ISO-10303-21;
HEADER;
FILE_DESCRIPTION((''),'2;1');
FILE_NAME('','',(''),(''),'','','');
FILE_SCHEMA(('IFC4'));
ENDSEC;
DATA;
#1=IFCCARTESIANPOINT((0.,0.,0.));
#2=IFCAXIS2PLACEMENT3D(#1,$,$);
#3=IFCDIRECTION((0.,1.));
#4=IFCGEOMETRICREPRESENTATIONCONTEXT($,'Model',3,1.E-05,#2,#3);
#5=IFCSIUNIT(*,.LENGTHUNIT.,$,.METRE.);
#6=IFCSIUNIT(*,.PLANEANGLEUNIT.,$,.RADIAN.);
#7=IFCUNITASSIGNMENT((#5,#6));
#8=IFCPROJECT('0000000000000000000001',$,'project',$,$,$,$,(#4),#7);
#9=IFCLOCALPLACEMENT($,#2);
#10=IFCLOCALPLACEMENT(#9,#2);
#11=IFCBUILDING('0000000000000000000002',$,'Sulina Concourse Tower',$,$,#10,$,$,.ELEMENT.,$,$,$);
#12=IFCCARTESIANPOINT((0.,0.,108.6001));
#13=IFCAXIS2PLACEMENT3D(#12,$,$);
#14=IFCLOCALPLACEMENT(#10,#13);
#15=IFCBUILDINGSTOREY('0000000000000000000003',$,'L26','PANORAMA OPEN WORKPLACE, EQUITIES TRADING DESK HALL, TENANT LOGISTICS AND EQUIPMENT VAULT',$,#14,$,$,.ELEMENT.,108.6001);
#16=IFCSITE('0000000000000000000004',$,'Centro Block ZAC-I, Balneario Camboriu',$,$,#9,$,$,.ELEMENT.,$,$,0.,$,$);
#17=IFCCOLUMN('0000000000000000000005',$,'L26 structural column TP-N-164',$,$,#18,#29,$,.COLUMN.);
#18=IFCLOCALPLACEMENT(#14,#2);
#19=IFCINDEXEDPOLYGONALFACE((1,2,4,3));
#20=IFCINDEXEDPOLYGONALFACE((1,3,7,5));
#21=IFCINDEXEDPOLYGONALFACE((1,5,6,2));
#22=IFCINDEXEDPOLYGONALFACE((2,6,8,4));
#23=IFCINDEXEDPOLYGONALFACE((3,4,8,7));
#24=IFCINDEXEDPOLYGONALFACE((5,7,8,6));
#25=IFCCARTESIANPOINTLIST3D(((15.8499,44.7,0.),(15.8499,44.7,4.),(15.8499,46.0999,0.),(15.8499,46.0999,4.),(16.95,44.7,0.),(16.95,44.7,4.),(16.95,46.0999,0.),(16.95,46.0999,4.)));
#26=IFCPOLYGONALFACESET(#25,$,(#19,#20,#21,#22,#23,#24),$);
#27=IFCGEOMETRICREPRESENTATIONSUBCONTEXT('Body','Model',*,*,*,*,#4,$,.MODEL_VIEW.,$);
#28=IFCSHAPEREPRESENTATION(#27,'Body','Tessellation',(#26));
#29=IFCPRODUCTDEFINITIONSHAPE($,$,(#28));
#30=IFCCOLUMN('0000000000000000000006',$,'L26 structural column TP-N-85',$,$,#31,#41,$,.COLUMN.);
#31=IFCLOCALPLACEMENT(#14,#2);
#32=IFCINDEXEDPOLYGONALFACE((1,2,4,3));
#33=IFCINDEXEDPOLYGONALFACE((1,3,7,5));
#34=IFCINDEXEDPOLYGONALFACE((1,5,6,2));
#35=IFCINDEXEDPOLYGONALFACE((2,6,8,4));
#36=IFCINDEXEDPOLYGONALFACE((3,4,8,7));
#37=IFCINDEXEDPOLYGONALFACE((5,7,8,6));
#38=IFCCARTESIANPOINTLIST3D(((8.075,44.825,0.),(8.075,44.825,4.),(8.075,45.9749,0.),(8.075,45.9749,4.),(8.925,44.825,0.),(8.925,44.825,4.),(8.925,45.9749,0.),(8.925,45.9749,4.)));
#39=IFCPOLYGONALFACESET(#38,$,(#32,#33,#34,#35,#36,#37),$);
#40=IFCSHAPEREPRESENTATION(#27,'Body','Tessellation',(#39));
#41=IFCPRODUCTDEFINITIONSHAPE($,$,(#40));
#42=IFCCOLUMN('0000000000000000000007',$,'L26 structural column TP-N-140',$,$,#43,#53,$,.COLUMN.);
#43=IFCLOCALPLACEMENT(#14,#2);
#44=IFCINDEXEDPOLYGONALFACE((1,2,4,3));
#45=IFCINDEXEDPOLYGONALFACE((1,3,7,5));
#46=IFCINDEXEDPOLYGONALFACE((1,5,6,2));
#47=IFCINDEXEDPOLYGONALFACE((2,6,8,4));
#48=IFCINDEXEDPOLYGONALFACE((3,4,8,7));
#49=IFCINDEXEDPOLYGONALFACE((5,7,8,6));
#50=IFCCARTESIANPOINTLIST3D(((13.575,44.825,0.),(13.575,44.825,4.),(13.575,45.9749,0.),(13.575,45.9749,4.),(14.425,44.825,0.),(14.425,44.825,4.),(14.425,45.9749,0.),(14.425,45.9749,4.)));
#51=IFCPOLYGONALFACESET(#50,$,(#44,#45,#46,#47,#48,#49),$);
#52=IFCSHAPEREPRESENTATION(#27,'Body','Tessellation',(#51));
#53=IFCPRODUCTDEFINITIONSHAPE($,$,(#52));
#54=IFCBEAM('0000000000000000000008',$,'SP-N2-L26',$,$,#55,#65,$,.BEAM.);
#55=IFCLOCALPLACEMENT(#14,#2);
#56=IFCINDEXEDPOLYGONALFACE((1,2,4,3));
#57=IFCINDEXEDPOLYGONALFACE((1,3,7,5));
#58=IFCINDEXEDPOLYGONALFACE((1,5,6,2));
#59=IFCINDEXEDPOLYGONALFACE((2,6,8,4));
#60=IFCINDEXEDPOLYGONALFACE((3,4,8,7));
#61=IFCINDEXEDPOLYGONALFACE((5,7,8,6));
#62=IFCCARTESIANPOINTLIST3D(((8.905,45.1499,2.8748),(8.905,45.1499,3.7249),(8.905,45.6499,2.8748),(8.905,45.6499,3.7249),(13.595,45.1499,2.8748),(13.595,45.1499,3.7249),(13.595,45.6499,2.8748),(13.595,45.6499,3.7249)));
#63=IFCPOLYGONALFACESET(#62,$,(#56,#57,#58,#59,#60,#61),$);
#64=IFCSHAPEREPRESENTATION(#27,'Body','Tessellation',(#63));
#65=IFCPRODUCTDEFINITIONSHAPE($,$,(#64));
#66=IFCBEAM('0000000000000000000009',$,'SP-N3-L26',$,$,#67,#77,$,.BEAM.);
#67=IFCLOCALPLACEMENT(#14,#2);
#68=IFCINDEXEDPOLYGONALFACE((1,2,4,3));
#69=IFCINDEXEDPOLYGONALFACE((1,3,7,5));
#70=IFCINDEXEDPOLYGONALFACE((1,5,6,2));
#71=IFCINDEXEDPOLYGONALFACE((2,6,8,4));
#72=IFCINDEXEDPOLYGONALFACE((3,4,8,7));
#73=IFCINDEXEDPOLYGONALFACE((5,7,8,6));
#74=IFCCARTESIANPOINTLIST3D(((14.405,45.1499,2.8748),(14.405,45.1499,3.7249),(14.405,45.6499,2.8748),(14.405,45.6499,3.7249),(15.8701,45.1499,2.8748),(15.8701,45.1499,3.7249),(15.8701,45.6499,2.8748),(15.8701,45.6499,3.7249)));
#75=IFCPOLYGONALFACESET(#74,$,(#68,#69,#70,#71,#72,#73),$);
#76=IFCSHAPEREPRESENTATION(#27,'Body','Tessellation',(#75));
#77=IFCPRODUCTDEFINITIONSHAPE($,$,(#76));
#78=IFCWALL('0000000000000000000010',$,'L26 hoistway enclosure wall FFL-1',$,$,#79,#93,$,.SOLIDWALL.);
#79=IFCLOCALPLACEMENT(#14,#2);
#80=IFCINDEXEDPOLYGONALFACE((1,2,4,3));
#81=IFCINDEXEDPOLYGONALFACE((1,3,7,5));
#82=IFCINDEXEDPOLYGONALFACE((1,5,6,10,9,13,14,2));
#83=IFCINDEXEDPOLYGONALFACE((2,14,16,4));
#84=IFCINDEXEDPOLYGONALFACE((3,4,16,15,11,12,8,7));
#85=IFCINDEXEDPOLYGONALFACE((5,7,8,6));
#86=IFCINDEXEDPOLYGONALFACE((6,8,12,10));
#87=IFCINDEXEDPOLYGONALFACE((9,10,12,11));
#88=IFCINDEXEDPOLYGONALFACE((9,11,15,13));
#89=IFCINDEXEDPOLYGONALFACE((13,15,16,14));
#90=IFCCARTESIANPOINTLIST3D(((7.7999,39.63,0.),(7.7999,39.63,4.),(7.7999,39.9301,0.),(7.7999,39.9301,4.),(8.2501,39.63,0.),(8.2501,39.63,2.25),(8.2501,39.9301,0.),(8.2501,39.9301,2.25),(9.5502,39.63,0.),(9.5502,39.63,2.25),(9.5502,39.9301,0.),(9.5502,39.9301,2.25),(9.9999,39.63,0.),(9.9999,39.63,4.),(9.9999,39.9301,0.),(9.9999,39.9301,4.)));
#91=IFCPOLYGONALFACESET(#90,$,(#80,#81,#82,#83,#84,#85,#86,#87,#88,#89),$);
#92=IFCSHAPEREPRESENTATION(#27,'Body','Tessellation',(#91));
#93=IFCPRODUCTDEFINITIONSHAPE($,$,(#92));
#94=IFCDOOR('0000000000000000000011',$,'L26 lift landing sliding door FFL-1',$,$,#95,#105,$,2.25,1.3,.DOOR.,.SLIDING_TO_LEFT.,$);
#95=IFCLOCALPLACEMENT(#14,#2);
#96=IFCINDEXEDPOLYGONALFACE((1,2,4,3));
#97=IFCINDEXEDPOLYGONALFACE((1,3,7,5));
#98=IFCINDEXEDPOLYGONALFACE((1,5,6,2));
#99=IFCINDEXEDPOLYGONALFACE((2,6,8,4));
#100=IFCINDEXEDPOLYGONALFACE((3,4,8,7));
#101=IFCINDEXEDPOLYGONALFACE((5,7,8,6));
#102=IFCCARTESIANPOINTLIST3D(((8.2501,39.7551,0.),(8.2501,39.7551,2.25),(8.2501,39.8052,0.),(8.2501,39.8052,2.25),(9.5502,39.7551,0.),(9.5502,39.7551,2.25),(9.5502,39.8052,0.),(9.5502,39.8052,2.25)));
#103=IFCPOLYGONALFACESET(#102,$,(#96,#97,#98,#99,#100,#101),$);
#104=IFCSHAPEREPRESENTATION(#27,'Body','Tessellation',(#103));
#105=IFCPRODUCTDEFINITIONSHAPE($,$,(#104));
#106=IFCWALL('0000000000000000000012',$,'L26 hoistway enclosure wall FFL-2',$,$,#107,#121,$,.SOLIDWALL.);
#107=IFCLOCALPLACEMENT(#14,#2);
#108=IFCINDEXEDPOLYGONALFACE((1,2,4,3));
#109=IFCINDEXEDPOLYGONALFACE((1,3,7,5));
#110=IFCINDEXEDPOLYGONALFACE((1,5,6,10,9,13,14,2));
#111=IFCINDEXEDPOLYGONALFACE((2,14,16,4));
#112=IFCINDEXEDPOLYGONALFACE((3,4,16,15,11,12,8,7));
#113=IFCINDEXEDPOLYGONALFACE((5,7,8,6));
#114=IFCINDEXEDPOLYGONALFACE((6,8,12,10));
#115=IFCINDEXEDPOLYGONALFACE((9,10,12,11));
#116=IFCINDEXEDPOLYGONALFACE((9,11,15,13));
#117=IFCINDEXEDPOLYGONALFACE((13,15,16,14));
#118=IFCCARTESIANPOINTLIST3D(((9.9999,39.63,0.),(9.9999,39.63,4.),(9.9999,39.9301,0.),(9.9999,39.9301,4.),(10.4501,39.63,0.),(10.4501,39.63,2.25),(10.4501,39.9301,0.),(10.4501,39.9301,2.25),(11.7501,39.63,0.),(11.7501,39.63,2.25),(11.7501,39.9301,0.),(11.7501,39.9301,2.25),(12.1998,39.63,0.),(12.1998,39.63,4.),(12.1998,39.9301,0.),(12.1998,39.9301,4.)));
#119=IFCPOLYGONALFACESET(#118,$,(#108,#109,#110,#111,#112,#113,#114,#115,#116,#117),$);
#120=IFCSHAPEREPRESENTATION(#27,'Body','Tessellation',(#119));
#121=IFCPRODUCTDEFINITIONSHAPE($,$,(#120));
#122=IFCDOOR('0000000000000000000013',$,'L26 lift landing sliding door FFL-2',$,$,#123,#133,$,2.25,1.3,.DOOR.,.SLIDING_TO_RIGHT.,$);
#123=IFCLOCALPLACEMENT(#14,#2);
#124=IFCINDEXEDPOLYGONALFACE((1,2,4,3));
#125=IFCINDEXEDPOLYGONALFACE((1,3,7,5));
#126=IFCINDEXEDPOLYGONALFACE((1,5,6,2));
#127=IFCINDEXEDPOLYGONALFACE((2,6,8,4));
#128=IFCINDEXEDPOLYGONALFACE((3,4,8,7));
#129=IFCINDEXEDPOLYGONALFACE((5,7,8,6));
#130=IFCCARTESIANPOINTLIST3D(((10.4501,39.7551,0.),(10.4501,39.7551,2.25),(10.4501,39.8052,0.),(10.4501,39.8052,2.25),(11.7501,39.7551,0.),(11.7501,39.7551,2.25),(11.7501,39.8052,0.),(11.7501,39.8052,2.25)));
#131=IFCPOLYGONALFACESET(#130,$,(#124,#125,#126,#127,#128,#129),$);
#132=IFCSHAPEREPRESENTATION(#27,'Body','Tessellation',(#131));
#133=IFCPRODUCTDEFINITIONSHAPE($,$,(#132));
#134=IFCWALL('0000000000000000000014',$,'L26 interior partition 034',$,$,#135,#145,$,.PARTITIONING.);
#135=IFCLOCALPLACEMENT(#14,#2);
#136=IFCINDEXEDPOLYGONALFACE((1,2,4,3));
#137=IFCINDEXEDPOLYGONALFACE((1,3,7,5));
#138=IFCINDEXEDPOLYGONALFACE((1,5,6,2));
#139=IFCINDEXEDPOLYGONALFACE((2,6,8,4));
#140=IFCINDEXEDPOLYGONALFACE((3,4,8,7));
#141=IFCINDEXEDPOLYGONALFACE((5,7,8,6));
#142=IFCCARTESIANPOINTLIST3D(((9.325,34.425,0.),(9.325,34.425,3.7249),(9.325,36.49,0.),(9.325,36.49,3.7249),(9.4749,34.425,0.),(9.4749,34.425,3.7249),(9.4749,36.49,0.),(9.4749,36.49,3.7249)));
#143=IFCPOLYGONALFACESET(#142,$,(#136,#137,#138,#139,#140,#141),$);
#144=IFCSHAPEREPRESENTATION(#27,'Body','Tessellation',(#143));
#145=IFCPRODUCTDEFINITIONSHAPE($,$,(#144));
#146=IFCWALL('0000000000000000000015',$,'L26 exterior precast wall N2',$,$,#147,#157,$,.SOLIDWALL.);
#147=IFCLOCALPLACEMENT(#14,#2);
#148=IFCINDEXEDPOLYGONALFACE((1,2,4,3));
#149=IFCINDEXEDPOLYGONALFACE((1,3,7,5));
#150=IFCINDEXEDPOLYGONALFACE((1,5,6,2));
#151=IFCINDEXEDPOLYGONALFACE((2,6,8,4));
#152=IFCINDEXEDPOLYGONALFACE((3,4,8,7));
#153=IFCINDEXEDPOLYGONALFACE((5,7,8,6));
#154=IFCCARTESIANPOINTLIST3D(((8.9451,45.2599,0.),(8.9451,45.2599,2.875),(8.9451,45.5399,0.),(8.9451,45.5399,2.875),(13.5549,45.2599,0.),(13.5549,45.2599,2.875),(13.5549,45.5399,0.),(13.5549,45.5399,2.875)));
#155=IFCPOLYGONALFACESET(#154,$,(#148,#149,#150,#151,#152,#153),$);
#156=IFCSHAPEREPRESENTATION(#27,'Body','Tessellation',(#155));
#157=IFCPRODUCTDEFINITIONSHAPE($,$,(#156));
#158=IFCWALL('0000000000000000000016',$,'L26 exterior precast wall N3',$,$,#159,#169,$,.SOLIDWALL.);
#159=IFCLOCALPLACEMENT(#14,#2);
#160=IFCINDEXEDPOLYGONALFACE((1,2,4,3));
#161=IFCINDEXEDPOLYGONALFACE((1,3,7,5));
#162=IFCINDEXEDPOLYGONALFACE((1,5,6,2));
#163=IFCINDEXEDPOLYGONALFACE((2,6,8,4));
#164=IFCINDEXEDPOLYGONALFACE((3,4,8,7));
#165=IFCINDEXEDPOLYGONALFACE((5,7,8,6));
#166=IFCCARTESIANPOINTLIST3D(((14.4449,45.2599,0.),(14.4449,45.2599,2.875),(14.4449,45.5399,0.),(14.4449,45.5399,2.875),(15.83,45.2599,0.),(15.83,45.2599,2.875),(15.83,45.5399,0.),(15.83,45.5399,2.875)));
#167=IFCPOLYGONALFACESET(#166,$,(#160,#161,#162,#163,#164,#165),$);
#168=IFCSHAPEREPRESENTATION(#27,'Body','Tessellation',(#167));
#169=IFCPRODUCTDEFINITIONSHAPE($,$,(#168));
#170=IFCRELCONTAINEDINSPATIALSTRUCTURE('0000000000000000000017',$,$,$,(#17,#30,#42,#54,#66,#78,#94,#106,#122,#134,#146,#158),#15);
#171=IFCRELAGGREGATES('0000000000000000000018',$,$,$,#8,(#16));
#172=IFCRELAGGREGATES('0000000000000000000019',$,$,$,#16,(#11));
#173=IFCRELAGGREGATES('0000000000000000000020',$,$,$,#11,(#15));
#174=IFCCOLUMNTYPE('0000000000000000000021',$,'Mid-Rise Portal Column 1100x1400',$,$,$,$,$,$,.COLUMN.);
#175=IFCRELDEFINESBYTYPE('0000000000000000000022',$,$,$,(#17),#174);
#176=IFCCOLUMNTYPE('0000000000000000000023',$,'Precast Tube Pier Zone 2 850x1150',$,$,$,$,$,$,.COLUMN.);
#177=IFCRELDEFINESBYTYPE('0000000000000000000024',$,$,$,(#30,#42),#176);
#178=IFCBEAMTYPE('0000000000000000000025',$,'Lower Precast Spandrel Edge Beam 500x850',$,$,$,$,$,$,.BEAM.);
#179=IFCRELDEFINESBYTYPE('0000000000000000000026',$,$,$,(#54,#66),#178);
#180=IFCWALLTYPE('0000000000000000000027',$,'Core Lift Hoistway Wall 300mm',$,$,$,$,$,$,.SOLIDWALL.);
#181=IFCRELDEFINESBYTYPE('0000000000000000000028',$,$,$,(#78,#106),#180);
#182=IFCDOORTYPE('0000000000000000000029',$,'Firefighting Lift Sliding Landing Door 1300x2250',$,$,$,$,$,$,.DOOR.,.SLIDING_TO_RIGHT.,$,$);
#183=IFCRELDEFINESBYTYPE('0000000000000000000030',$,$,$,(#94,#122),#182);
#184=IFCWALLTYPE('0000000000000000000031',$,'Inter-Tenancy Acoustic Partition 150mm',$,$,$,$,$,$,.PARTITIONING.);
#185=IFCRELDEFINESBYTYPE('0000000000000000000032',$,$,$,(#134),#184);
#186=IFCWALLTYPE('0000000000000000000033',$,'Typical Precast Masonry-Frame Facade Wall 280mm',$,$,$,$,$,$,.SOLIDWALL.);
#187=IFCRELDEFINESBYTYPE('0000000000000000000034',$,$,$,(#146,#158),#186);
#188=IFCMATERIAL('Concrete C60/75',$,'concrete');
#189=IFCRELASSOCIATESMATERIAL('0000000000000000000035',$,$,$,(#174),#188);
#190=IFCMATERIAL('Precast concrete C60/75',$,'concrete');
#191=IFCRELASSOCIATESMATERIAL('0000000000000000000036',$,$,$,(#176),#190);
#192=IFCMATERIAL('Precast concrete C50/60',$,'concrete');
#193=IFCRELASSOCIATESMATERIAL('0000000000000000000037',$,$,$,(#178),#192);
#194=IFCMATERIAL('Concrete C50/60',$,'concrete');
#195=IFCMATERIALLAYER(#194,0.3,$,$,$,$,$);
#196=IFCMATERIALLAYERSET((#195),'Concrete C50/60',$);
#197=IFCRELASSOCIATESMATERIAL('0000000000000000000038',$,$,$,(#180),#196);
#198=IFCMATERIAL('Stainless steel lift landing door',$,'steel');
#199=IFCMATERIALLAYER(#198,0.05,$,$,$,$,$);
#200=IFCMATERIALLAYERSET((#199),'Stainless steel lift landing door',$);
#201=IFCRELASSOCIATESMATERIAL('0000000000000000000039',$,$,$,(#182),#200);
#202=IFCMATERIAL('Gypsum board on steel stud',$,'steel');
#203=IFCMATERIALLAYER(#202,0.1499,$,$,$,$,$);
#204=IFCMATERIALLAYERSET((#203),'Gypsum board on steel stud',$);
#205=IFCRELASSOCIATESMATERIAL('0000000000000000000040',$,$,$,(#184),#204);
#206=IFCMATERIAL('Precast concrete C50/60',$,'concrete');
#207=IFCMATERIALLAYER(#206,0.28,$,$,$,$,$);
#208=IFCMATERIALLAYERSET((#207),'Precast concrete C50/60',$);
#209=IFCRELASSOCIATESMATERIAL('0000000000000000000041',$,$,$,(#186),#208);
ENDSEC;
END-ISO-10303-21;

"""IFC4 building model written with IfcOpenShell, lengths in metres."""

from ifc_helpers import new_model, si_unit, direction, frame, frame_2d, origin, origin_2d, place, context, subcontext, project, spatial, rectangle, extrude, material, layer, layer_set, material_profile, profile_set, type_object, element, fill, save


model = new_model("IFC4")

# Units and contexts
model_context = context("Model", 3, precision=1e-05, world=origin(), true_north=direction((0.0, 1.0)))
body_context = subcontext(model_context, "Body", "Model", "MODEL_VIEW")
ifc_project = project(units=[si_unit("LENGTHUNIT", "METRE"), si_unit("PLANEANGLEUNIT", "RADIAN")], contexts=[model_context])

# Site, building, storey
site_placement = place(None, origin())
site = spatial("IfcSite", under=ifc_project, at=site_placement, Name="Centro Block ZAC-I, Balneario Camboriu", CompositionType="ELEMENT", RefElevation=0.0)
building_placement = place(site_placement, origin())
building = spatial("IfcBuilding", under=site, at=building_placement, Name="Sulina Concourse Tower", CompositionType="ELEMENT")
storey_placement = place(building_placement, frame((0.0, 0.0, 108.6001)))
storey = spatial("IfcBuildingStorey", under=building, at=storey_placement, Name="L26", Description="PANORAMA OPEN WORKPLACE, EQUITIES TRADING DESK HALL, TENANT LOGISTICS AND EQUIPMENT VAULT", CompositionType="ELEMENT", Elevation=108.6001)

# Columns
ifc_material_1 = material(Name="Concrete C60/75", Category="concrete")
ifc_material_profile_1 = material_profile(ifc_material_1, rectangle(XDim=1.1001, YDim=1.3999, at=origin_2d()), Name="RC 1100x1400")
ifc_profile_set_1 = profile_set([ifc_material_profile_1], Name="Concrete C60/75")
column_type_1 = type_object("IfcColumnType", Name="Mid-Rise Portal Column 1100x1400", PredefinedType="COLUMN", material=ifc_profile_set_1)
column_placement = place(storey_placement, frame((16.3999, 45.3999, 0.0), z_axis=(0.0, 0.0, 1.0), x_axis=(1.0, 0.0, 0.0)))
element("IfcColumn", 1, at=column_placement, inside=storey, type_object=column_type_1, Name="L26 structural column TP-N-164", PredefinedType="COLUMN", context=body_context, shape_type="SweptSolid", body=[
    extrude(rectangle(XDim=1.1001, YDim=1.3999, at=origin_2d()), origin(), (0.0, 0.0, 1.0), 4.0),
])
ifc_material_2 = material(Name="Precast concrete C60/75", Category="concrete")
ifc_material_profile_2 = material_profile(ifc_material_2, rectangle(XDim=0.8501, YDim=1.1499, at=origin_2d()), Name="PC 850x1150")
ifc_profile_set_2 = profile_set([ifc_material_profile_2], Name="Precast concrete C60/75")
column_type_2 = type_object("IfcColumnType", Name="Precast Tube Pier Zone 2 850x1150", PredefinedType="COLUMN", material=ifc_profile_set_2)
for number, where, z_axis, x_axis, name in (
    (2, (8.5, 45.3999, 0.0), (0.0, 0.0, 1.0), (1.0, 0.0, 0.0), "L26 structural column TP-N-85"),
    (3, (14.0, 45.3999, 0.0), (0.0, 0.0, 1.0), (1.0, 0.0, 0.0), "L26 structural column TP-N-140"),
):
    element("IfcColumn", number, at=place(storey_placement, frame(where, z_axis=z_axis, x_axis=x_axis)), inside=storey, type_object=column_type_2, Name=name, PredefinedType="COLUMN", context=body_context, shape_type="SweptSolid", body=[
        extrude(rectangle(XDim=0.8501, YDim=1.1499, at=origin_2d()), origin(), (0.0, 0.0, 1.0), 4.0),
    ])

# Beams
ifc_material_3 = material(Name="Precast concrete C50/60", Category="concrete")
ifc_material_profile_3 = material_profile(ifc_material_3, rectangle(XDim=0.5, YDim=0.8501, at=origin_2d()), Name="RC 500x850")
ifc_profile_set_3 = profile_set([ifc_material_profile_3], Name="Precast concrete C50/60")
beam_type = type_object("IfcBeamType", Name="Lower Precast Spandrel Edge Beam 500x850", PredefinedType="BEAM", material=ifc_profile_set_3)
beam_1_placement = place(storey_placement, frame((8.905, 45.3999, 3.2998), z_axis=(1.0, 0.0, 0.0), x_axis=(0.0, 1.0, 0.0)))
element("IfcBeam", 4, at=beam_1_placement, inside=storey, type_object=beam_type, Name="SP-N2-L26", PredefinedType="BEAM", context=body_context, shape_type="SweptSolid", body=[
    extrude(rectangle(XDim=0.5, YDim=0.8501, at=origin_2d()), origin(), (0.0, 0.0, 1.0), 4.6899),
])
beam_2_placement = place(storey_placement, frame((14.405, 45.3999, 3.2998), z_axis=(1.0, 0.0, 0.0), x_axis=(0.0, 1.0, 0.0)))
element("IfcBeam", 5, at=beam_2_placement, inside=storey, type_object=beam_type, Name="SP-N3-L26", PredefinedType="BEAM", context=body_context, shape_type="SweptSolid", body=[
    extrude(rectangle(XDim=0.5, YDim=0.8501, at=origin_2d()), origin(), (0.0, 0.0, 1.0), 1.4651),
])

# Walls, openings, doors
ifc_material_4 = material(Name="Concrete C50/60", Category="concrete")
ifc_layer_1 = layer(ifc_material_4, 0.3)
ifc_layer_set_1 = layer_set([ifc_layer_1], Name="Concrete C50/60")
wall_type_1 = type_object("IfcWallType", Name="Core Lift Hoistway Wall 300mm", PredefinedType="SOLIDWALL", material=ifc_layer_set_1)
wall_1_placement = place(storey_placement, frame((10.0, 39.78, 0.0), z_axis=(0.0, 0.0, 1.0), x_axis=(-1.0, 0.0, 0.0)))
wall_1 = element("IfcWall", 6, at=wall_1_placement, inside=storey, type_object=wall_type_1, Name="L26 hoistway enclosure wall FFL-1", PredefinedType="SOLIDWALL", context=body_context, shape_type="SweptSolid", body=[
    extrude(rectangle(XDim=2.2, YDim=0.3, at=frame_2d((1.1001, 0.0))), origin(), (0.0, 0.0, 1.0), 4.0),
])
opening_1_placement = place(wall_1_placement, frame((0.45, 0.0, 0.0)))
opening_1 = element("IfcOpeningElement", 7, at=opening_1_placement, cuts=wall_1, PredefinedType="OPENING", context=body_context, shape_type="SweptSolid", body=[
    extrude(rectangle(XDim=1.3, YDim=2.25, at=frame_2d((0.6499, 1.125))), frame((0.0, 0.1599, 0.0), z_axis=(0.0, -1.0, 0.0), x_axis=(1.0, 0.0, 0.0)), (0.0, 0.0, 1.0), 0.3201),
])
ifc_material_5 = material(Name="Stainless steel lift landing door", Category="steel")
ifc_layer_2 = layer(ifc_material_5, 0.05)
ifc_layer_set_2 = layer_set([ifc_layer_2], Name="Stainless steel lift landing door")
door_type = type_object("IfcDoorType", Name="Firefighting Lift Sliding Landing Door 1300x2250", OperationType="SLIDING_TO_RIGHT", PredefinedType="DOOR", material=ifc_layer_set_2)
door_1_placement = place(opening_1_placement, origin())
door_1 = element("IfcDoor", 8, at=door_1_placement, inside=storey, type_object=door_type, Name="L26 lift landing sliding door FFL-1", OperationType="SLIDING_TO_LEFT", OverallHeight=2.25, OverallWidth=1.3, PredefinedType="DOOR", context=body_context, shape_type="SweptSolid", body=[
    extrude(rectangle(XDim=1.3, YDim=2.25, at=frame_2d((0.6499, 1.125))), frame((0.0, 0.0249, 0.0), z_axis=(0.0, -1.0, 0.0), x_axis=(1.0, 0.0, 0.0)), (0.0, 0.0, 1.0), 0.05),
])
fill(opening_1, door_1)
wall_2_placement = place(storey_placement, frame((12.2, 39.78, 0.0), z_axis=(0.0, 0.0, 1.0), x_axis=(-1.0, 0.0, 0.0)))
wall_2 = element("IfcWall", 9, at=wall_2_placement, inside=storey, type_object=wall_type_1, Name="L26 hoistway enclosure wall FFL-2", PredefinedType="SOLIDWALL", context=body_context, shape_type="SweptSolid", body=[
    extrude(rectangle(XDim=2.2, YDim=0.3, at=frame_2d((1.1001, 0.0))), origin(), (0.0, 0.0, 1.0), 4.0),
])
opening_2_placement = place(wall_2_placement, frame((0.45, 0.0, 0.0)))
opening_2 = element("IfcOpeningElement", 10, at=opening_2_placement, cuts=wall_2, PredefinedType="OPENING", context=body_context, shape_type="SweptSolid", body=[
    extrude(rectangle(XDim=1.3, YDim=2.25, at=frame_2d((0.6499, 1.125))), frame((0.0, 0.1599, 0.0), z_axis=(0.0, -1.0, 0.0), x_axis=(1.0, 0.0, 0.0)), (0.0, 0.0, 1.0), 0.3201),
])
door_2_placement = place(opening_2_placement, origin())
door_2 = element("IfcDoor", 11, at=door_2_placement, inside=storey, type_object=door_type, Name="L26 lift landing sliding door FFL-2", OperationType="SLIDING_TO_RIGHT", OverallHeight=2.25, OverallWidth=1.3, PredefinedType="DOOR", context=body_context, shape_type="SweptSolid", body=[
    extrude(rectangle(XDim=1.3, YDim=2.25, at=frame_2d((0.6499, 1.125))), frame((0.0, 0.0249, 0.0), z_axis=(0.0, -1.0, 0.0), x_axis=(1.0, 0.0, 0.0)), (0.0, 0.0, 1.0), 0.05),
])
fill(opening_2, door_2)

# Walls
ifc_material_6 = material(Name="Gypsum board on steel stud", Category="steel")
ifc_layer_3 = layer(ifc_material_6, 0.1499)
ifc_layer_set_3 = layer_set([ifc_layer_3], Name="Gypsum board on steel stud")
wall_type_2 = type_object("IfcWallType", Name="Inter-Tenancy Acoustic Partition 150mm", PredefinedType="PARTITIONING", material=ifc_layer_set_3)
wall_3_placement = place(storey_placement, frame((9.3999, 34.425, 0.0), z_axis=(0.0, 0.0, 1.0), x_axis=(0.0, 1.0, 0.0)))
element("IfcWall", 12, at=wall_3_placement, inside=storey, type_object=wall_type_2, Name="L26 interior partition 034", PredefinedType="PARTITIONING", context=body_context, shape_type="SweptSolid", body=[
    extrude(rectangle(XDim=2.0649, YDim=0.1499, at=frame_2d((1.0325, 0.0))), origin(), (0.0, 0.0, 1.0), 3.7249),
])
ifc_material_7 = material(Name="Precast concrete C50/60", Category="concrete")
ifc_layer_4 = layer(ifc_material_7, 0.28)
ifc_layer_set_4 = layer_set([ifc_layer_4], Name="Precast concrete C50/60")
wall_type_3 = type_object("IfcWallType", Name="Typical Precast Masonry-Frame Facade Wall 280mm", PredefinedType="SOLIDWALL", material=ifc_layer_set_4)
wall_4_placement = place(storey_placement, frame((8.9451, 45.3999, 0.0), z_axis=(0.0, 0.0, 1.0), x_axis=(1.0, 0.0, 0.0)))
element("IfcWall", 13, at=wall_4_placement, inside=storey, type_object=wall_type_3, Name="L26 exterior precast wall N2", PredefinedType="SOLIDWALL", context=body_context, shape_type="SweptSolid", body=[
    extrude(rectangle(XDim=4.6099, YDim=0.28, at=frame_2d((2.3049, 0.0))), origin(), (0.0, 0.0, 1.0), 2.875),
])
wall_5_placement = place(storey_placement, frame((14.4451, 45.3999, 0.0), z_axis=(0.0, 0.0, 1.0), x_axis=(1.0, 0.0, 0.0)))
element("IfcWall", 14, at=wall_5_placement, inside=storey, type_object=wall_type_3, Name="L26 exterior precast wall N3", PredefinedType="SOLIDWALL", context=body_context, shape_type="SweptSolid", body=[
    extrude(rectangle(XDim=1.385, YDim=0.28, at=frame_2d((0.6924, 0.0))), origin(), (0.0, 0.0, 1.0), 2.875),
])

save(model, "model.ifc")
